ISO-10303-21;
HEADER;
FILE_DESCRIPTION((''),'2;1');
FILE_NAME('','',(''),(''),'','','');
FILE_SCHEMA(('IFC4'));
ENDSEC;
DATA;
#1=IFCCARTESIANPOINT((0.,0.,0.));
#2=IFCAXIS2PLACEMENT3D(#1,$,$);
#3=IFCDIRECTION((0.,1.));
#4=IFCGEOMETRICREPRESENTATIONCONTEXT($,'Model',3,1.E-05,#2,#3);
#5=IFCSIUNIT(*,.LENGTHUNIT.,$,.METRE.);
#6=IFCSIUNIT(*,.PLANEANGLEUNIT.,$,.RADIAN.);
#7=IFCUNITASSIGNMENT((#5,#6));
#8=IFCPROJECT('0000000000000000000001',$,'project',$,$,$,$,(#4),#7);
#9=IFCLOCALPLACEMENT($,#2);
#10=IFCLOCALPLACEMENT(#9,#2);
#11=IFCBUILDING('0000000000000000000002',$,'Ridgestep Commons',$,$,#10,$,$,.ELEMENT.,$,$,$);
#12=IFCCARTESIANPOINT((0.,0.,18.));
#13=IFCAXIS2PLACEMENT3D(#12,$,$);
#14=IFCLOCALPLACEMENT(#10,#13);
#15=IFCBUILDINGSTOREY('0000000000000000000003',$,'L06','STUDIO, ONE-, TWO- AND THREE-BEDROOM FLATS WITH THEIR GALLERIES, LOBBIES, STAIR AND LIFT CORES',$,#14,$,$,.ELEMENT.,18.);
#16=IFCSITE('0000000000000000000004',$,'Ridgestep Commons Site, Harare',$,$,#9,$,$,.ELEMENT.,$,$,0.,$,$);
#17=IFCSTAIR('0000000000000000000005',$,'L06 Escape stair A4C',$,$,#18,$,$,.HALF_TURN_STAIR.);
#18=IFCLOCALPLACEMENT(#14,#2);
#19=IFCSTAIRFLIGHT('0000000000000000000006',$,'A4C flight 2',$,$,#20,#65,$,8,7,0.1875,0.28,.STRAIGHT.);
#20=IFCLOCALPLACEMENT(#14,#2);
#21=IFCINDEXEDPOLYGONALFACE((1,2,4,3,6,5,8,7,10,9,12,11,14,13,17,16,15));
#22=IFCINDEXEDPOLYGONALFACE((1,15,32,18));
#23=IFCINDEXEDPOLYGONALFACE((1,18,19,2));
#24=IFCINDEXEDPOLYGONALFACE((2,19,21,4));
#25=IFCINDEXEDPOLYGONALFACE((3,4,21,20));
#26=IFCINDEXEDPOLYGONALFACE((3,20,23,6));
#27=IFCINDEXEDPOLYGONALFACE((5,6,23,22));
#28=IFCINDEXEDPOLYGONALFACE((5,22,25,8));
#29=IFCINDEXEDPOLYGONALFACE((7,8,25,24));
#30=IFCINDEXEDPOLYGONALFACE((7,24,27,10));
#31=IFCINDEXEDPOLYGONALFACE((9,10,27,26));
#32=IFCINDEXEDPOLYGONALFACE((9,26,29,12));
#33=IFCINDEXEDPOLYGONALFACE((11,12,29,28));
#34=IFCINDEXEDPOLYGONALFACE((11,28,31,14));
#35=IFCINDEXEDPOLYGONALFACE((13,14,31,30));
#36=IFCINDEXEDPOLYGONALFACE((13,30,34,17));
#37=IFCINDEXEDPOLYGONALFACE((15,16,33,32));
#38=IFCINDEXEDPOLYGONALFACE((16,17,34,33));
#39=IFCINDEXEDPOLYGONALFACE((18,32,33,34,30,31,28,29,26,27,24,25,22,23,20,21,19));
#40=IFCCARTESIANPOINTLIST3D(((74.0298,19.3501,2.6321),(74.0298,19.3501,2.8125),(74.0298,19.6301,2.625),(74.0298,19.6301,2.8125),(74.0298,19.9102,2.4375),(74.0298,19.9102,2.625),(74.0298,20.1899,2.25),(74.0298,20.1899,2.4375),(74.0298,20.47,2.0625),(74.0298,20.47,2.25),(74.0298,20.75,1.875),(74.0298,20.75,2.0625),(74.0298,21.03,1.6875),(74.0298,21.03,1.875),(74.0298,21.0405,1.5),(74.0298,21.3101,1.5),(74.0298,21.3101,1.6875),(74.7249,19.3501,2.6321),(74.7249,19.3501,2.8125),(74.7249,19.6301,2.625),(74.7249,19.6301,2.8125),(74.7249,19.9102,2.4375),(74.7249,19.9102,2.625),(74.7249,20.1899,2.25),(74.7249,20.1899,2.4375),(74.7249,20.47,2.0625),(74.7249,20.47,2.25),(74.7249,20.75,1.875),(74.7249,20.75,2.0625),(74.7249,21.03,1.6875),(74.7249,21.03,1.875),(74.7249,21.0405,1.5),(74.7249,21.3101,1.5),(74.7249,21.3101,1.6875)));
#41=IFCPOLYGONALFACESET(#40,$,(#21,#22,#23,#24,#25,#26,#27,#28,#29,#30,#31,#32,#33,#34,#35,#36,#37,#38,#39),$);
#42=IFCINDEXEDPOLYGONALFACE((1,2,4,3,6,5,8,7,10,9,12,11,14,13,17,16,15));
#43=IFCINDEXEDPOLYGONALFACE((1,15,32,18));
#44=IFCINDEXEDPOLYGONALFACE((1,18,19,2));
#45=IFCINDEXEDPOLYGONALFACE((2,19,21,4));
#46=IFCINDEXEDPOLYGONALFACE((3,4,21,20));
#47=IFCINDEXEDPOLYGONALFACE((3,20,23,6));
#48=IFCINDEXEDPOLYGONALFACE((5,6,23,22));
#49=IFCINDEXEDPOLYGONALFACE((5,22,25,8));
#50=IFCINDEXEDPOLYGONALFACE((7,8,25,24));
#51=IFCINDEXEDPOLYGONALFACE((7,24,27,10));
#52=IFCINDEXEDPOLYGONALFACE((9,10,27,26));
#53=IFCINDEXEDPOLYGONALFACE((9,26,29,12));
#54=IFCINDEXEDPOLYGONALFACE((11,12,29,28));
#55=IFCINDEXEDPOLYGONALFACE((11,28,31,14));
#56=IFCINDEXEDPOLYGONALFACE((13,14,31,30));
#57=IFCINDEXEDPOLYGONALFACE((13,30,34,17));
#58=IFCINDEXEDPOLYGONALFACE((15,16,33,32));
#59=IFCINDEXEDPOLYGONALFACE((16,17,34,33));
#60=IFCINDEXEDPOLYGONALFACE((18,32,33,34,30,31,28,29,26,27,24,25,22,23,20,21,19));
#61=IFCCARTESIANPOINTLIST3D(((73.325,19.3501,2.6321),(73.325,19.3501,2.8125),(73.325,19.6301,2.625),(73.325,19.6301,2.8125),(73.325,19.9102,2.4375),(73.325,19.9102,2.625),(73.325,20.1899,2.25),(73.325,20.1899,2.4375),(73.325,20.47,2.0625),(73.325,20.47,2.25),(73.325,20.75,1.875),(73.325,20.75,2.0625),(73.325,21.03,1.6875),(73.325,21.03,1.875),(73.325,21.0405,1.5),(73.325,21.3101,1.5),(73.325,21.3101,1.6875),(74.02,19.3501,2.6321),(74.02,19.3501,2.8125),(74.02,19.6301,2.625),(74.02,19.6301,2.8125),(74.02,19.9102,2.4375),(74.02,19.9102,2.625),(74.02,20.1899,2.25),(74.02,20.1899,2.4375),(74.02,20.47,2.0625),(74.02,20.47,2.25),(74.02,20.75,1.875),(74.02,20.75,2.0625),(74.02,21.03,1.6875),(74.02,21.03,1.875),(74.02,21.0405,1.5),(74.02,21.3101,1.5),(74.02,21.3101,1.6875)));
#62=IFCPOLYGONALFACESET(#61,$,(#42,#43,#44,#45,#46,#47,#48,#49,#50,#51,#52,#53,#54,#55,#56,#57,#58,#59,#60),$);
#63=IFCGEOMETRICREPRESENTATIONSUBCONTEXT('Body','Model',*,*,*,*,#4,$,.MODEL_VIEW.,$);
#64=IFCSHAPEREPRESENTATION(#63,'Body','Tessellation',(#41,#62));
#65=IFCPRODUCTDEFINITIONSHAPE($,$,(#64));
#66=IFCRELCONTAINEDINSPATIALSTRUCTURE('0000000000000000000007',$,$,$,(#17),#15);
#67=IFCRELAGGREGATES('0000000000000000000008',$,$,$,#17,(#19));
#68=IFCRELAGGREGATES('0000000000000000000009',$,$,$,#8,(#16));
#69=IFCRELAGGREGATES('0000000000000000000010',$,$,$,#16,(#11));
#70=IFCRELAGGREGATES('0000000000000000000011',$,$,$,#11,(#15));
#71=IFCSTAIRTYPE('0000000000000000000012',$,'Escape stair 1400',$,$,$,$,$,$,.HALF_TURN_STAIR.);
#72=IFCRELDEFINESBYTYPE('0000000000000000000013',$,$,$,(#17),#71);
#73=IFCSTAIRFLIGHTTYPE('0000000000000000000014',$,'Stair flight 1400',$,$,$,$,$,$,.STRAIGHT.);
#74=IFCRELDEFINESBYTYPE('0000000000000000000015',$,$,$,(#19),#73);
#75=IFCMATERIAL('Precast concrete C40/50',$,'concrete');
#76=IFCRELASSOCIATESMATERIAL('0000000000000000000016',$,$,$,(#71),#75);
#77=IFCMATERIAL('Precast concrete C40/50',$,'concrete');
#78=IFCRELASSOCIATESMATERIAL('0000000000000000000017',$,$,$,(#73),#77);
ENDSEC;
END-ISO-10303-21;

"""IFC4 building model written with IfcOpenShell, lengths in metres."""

from ifc_helpers import new_model, si_unit, direction, frame, origin, place, context, subcontext, project, spatial, polyline, outline, extrude, material, type_object, element, aggregate, save


model = new_model("IFC4")

# Units and contexts
model_context = context("Model", 3, precision=1e-05, world=origin(), true_north=direction((0.0, 1.0)))
body_context = subcontext(model_context, "Body", "Model", "MODEL_VIEW")
ifc_project = project(units=[si_unit("LENGTHUNIT", "METRE"), si_unit("PLANEANGLEUNIT", "RADIAN")], contexts=[model_context])

# Site, building, storey
site_placement = place(None, origin())
site = spatial("IfcSite", under=ifc_project, at=site_placement, Name="Ridgestep Commons Site, Harare", CompositionType="ELEMENT", RefElevation=0.0)
building_placement = place(site_placement, origin())
building = spatial("IfcBuilding", under=site, at=building_placement, Name="Ridgestep Commons", CompositionType="ELEMENT")
storey_placement = place(building_placement, frame((0.0, 0.0, 18.0)))
storey = spatial("IfcBuildingStorey", under=building, at=storey_placement, Name="L06", Description="STUDIO, ONE-, TWO- AND THREE-BEDROOM FLATS WITH THEIR GALLERIES, LOBBIES, STAIR AND LIFT CORES", CompositionType="ELEMENT", Elevation=18.0)

# Stair, stair flight
ifc_material_1 = material(Name="Precast concrete C40/50", Category="concrete")
stair_type = type_object("IfcStairType", Name="Escape stair 1400", PredefinedType="HALF_TURN_STAIR", material=ifc_material_1)
stair_placement = place(storey_placement, origin())
stair = element("IfcStair", 1, at=stair_placement, inside=storey, type_object=stair_type, Name="L06 Escape stair A4C", PredefinedType="HALF_TURN_STAIR")
ifc_material_2 = material(Name="Precast concrete C40/50", Category="concrete")
stair_flight_type = type_object("IfcStairFlightType", Name="Stair flight 1400", PredefinedType="STRAIGHT", material=ifc_material_2)
stair_flight_1_placement = place(storey_placement, frame((74.0249, 21.3101, 1.5), z_axis=(0.0, 0.0, 1.0), x_axis=(0.0, -1.0, 0.0)))
stair_flight_1 = element("IfcStairFlight", 2, at=stair_flight_1_placement, type_object=stair_flight_type, Name="A4C flight 2", NumberOfRisers=8, NumberOfTreads=7, PredefinedType="STRAIGHT", RiserHeight=0.1875, TreadLength=0.28, context=body_context, shape_type="SweptSolid", body=[
    extrude(outline(polyline([(0.0, 0.0), (0.0, 0.1875), (0.28, 0.1875), (0.28, 0.375), (0.5601, 0.375), (0.5601, 0.5625), (0.8401, 0.5625), (0.8401, 0.75), (1.1201, 0.75), (1.1201, 0.9375), (1.3999, 0.9375), (1.3999, 1.125), (1.6799, 1.125), (1.6799, 1.3125), (1.96, 1.3125), (1.96, 1.5), (1.96, 1.1321), (0.2695, 0.0), (0.0, 0.0)])), frame((0.0, 0.7, 0.0), z_axis=(0.0, -1.0, 0.0), x_axis=(1.0, 0.0, 0.0)), (0.0, 0.0, 1.0), 0.6951),
    extrude(outline(polyline([(0.0, 0.0), (0.0, 0.1875), (0.28, 0.1875), (0.28, 0.375), (0.5601, 0.375), (0.5601, 0.5625), (0.8401, 0.5625), (0.8401, 0.75), (1.1201, 0.75), (1.1201, 0.9375), (1.3999, 0.9375), (1.3999, 1.125), (1.6799, 1.125), (1.6799, 1.3125), (1.96, 1.3125), (1.96, 1.5), (1.96, 1.1321), (0.2695, 0.0), (0.0, 0.0)])), frame((0.0, -0.0049, 0.0), z_axis=(0.0, -1.0, 0.0), x_axis=(1.0, 0.0, 0.0)), (0.0, 0.0, 1.0), 0.6951),
])
aggregate(stair, [stair_flight_1])

save(model, "model.ifc")
